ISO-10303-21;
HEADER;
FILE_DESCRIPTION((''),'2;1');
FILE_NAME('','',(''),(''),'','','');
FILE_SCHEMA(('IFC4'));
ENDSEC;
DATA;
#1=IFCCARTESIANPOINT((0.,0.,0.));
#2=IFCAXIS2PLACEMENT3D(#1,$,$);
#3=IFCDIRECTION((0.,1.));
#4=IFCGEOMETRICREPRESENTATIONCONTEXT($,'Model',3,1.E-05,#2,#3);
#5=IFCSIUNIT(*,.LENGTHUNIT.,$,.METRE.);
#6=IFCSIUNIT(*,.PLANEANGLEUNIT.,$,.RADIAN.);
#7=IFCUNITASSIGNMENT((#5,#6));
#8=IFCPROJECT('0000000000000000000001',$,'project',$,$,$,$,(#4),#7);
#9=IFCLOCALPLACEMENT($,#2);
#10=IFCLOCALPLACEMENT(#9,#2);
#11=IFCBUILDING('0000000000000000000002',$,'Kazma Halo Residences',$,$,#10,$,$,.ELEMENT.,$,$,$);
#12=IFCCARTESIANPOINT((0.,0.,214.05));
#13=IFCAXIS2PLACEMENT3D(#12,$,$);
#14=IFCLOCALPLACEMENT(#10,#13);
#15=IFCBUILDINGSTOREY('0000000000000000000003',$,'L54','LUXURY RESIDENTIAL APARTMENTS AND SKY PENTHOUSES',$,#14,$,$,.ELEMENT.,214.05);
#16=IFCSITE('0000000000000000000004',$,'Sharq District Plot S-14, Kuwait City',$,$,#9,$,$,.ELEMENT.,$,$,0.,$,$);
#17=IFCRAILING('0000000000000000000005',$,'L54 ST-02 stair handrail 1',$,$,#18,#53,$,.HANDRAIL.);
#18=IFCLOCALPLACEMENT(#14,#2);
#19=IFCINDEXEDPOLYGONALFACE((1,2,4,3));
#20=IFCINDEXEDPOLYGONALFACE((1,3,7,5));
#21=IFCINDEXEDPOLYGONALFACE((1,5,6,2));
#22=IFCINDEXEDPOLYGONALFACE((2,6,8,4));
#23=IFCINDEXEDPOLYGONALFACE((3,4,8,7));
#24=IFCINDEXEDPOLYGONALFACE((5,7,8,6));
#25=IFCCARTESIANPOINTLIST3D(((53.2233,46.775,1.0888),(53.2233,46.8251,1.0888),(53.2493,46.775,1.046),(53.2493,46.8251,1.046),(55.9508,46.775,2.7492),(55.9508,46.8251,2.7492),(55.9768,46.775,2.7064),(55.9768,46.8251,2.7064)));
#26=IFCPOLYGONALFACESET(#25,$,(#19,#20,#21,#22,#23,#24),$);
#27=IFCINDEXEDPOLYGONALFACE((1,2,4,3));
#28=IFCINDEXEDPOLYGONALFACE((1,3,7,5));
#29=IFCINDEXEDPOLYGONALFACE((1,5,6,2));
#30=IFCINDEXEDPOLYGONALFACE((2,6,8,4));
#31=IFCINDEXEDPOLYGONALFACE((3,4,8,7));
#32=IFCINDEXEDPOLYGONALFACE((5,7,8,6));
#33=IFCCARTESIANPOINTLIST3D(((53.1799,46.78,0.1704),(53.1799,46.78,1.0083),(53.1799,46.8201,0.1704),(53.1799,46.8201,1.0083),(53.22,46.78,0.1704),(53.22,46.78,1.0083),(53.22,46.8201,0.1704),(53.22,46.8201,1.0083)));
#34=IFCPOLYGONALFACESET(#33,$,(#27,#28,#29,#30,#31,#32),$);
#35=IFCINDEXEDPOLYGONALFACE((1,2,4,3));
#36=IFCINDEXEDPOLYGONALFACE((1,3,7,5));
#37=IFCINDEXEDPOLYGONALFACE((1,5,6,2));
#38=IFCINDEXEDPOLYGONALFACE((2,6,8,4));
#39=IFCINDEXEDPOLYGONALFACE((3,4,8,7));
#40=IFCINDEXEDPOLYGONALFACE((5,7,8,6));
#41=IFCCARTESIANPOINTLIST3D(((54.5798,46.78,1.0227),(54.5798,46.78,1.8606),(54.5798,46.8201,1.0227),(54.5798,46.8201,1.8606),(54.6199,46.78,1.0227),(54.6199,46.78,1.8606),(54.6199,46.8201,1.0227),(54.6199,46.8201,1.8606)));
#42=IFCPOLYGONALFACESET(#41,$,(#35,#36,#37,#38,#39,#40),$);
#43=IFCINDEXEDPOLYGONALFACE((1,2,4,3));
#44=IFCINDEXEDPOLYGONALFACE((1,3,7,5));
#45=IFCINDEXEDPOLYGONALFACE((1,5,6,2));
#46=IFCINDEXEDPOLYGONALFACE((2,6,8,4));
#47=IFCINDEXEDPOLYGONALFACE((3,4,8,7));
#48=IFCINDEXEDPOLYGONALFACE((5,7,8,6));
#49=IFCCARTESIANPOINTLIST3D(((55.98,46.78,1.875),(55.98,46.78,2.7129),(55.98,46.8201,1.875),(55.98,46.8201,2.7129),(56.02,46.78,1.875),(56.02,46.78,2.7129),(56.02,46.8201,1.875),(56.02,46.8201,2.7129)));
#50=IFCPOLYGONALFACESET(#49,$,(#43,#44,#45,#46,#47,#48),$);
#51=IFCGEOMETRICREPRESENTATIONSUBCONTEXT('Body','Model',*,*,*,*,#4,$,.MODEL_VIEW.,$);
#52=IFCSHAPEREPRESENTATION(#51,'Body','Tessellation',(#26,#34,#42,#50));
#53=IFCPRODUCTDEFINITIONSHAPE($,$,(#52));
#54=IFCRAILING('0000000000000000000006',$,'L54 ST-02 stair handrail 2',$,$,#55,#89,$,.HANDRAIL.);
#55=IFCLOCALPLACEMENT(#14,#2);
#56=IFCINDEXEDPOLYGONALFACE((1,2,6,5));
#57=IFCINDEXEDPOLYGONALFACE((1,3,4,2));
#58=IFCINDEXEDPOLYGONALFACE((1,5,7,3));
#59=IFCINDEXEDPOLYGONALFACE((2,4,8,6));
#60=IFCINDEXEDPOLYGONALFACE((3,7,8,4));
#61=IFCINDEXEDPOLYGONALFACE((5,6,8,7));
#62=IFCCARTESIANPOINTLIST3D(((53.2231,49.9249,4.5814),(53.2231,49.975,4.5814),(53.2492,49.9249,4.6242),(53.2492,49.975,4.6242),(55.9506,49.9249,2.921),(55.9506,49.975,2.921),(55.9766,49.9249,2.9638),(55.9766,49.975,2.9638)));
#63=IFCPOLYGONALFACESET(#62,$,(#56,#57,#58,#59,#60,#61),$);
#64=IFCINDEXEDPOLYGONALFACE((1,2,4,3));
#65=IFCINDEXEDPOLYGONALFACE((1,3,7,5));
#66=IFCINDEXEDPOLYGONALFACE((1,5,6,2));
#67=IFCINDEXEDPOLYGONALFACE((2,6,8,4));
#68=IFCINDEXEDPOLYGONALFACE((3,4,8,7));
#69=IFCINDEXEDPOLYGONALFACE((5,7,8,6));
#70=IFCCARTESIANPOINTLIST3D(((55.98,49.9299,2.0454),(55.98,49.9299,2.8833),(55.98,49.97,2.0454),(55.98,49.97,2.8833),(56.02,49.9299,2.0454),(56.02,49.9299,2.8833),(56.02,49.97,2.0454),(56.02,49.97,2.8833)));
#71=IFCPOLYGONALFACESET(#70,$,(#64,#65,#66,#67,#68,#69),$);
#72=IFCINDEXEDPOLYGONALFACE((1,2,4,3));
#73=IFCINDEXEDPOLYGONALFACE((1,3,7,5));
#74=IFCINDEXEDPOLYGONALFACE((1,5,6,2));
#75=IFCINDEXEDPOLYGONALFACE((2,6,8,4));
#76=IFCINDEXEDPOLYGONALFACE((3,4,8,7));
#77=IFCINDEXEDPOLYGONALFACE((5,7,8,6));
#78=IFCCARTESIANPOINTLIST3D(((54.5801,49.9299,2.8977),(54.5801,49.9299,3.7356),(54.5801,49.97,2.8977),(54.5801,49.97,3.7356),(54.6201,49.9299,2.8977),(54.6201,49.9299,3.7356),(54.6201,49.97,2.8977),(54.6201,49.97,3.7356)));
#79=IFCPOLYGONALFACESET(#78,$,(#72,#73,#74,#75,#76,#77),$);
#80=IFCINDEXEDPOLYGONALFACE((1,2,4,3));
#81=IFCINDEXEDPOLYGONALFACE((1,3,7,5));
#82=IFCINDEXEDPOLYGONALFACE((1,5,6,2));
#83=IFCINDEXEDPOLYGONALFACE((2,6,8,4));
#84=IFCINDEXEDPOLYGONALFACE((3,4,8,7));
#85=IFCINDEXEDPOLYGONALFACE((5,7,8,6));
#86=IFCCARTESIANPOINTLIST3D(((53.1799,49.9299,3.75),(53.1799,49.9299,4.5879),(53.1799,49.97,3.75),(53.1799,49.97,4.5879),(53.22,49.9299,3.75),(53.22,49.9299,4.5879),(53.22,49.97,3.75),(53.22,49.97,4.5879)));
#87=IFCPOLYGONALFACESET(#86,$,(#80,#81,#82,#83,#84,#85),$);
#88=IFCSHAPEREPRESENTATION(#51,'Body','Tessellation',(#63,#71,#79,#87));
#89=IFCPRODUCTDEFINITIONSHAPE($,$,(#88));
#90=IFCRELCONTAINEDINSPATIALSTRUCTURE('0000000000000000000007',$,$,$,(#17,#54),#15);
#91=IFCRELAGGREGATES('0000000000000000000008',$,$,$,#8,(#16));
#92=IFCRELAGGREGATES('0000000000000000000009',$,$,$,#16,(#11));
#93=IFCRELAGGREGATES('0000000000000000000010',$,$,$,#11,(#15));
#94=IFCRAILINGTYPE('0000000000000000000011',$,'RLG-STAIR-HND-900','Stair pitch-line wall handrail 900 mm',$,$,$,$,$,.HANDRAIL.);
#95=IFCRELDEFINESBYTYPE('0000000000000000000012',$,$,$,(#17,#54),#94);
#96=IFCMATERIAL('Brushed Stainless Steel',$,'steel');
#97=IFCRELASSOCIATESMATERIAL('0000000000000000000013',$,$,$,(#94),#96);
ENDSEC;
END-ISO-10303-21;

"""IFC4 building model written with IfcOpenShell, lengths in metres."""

from ifc_helpers import new_model, si_unit, direction, frame, origin, origin_2d, place, context, subcontext, project, spatial, rectangle, extrude, material, type_object, element, save


model = new_model("IFC4")

# Units and contexts
model_context = context("Model", 3, precision=1e-05, world=origin(), true_north=direction((0.0, 1.0)))
body_context = subcontext(model_context, "Body", "Model", "MODEL_VIEW")
ifc_project = project(units=[si_unit("LENGTHUNIT", "METRE"), si_unit("PLANEANGLEUNIT", "RADIAN")], contexts=[model_context])

# Site, building, storey
site_placement = place(None, origin())
site = spatial("IfcSite", under=ifc_project, at=site_placement, Name="Sharq District Plot S-14, Kuwait City", CompositionType="ELEMENT", RefElevation=0.0)
building_placement = place(site_placement, origin())
building = spatial("IfcBuilding", under=site, at=building_placement, Name="Kazma Halo Residences", CompositionType="ELEMENT")
storey_placement = place(building_placement, frame((0.0, 0.0, 214.05)))
storey = spatial("IfcBuildingStorey", under=building, at=storey_placement, Name="L54", Description="LUXURY RESIDENTIAL APARTMENTS AND SKY PENTHOUSES", CompositionType="ELEMENT", Elevation=214.05)

# Railings
ifc_material_1 = material(Name="Brushed Stainless Steel", Category="steel")
railing_type_1 = type_object("IfcRailingType", Name="RLG-STAIR-HND-900", Description="Stair pitch-line wall handrail 900 mm", PredefinedType="HANDRAIL", material=ifc_material_1)
railing_1_placement = place(storey_placement, frame((53.2, 46.8, 0.1704)))
element("IfcRailing", 1, at=railing_1_placement, inside=storey, type_object=railing_type_1, Name="L54 ST-02 stair handrail 1", PredefinedType="HANDRAIL", context=body_context, shape_type="SweptSolid", body=[
    extrude(rectangle(XDim=0.05, YDim=0.05, at=origin_2d()), frame((0.0364, 0.0, 0.897), z_axis=(0.85417, 0.0, 0.519994), x_axis=(0.0, 1.0, 0.0)), (0.0, 0.0, 1.0), 3.1931),
    extrude(rectangle(XDim=0.04, YDim=0.04, at=origin_2d()), origin(), (0.0, 0.0, 1.0), 0.8379),
    extrude(rectangle(XDim=0.04, YDim=0.04, at=origin_2d()), frame((1.3999, 0.0, 0.8523)), (0.0, 0.0, 1.0), 0.8379),
    extrude(rectangle(XDim=0.04, YDim=0.04, at=origin_2d()), frame((2.8, 0.0, 1.7046)), (0.0, 0.0, 1.0), 0.8379),
])
railing_2_placement = place(storey_placement, frame((56.0, 49.95, 2.0454)))
element("IfcRailing", 2, at=railing_2_placement, inside=storey, type_object=railing_type_1, Name="L54 ST-02 stair handrail 2", PredefinedType="HANDRAIL", context=body_context, shape_type="SweptSolid", body=[
    extrude(rectangle(XDim=0.05, YDim=0.05, at=origin_2d()), frame((-0.0364, 0.0, 0.897), z_axis=(-0.85417, 0.0, 0.519994), x_axis=(0.0, -1.0, 0.0)), (0.0, 0.0, 1.0), 3.1931),
    extrude(rectangle(XDim=0.04, YDim=0.04, at=origin_2d()), origin(), (0.0, 0.0, 1.0), 0.8379),
    extrude(rectangle(XDim=0.04, YDim=0.04, at=origin_2d()), frame((-1.3999, 0.0, 0.8523)), (0.0, 0.0, 1.0), 0.8379),
    extrude(rectangle(XDim=0.04, YDim=0.04, at=origin_2d()), frame((-2.8, 0.0, 1.7046)), (0.0, 0.0, 1.0), 0.8379),
])

save(model, "model.ifc")
